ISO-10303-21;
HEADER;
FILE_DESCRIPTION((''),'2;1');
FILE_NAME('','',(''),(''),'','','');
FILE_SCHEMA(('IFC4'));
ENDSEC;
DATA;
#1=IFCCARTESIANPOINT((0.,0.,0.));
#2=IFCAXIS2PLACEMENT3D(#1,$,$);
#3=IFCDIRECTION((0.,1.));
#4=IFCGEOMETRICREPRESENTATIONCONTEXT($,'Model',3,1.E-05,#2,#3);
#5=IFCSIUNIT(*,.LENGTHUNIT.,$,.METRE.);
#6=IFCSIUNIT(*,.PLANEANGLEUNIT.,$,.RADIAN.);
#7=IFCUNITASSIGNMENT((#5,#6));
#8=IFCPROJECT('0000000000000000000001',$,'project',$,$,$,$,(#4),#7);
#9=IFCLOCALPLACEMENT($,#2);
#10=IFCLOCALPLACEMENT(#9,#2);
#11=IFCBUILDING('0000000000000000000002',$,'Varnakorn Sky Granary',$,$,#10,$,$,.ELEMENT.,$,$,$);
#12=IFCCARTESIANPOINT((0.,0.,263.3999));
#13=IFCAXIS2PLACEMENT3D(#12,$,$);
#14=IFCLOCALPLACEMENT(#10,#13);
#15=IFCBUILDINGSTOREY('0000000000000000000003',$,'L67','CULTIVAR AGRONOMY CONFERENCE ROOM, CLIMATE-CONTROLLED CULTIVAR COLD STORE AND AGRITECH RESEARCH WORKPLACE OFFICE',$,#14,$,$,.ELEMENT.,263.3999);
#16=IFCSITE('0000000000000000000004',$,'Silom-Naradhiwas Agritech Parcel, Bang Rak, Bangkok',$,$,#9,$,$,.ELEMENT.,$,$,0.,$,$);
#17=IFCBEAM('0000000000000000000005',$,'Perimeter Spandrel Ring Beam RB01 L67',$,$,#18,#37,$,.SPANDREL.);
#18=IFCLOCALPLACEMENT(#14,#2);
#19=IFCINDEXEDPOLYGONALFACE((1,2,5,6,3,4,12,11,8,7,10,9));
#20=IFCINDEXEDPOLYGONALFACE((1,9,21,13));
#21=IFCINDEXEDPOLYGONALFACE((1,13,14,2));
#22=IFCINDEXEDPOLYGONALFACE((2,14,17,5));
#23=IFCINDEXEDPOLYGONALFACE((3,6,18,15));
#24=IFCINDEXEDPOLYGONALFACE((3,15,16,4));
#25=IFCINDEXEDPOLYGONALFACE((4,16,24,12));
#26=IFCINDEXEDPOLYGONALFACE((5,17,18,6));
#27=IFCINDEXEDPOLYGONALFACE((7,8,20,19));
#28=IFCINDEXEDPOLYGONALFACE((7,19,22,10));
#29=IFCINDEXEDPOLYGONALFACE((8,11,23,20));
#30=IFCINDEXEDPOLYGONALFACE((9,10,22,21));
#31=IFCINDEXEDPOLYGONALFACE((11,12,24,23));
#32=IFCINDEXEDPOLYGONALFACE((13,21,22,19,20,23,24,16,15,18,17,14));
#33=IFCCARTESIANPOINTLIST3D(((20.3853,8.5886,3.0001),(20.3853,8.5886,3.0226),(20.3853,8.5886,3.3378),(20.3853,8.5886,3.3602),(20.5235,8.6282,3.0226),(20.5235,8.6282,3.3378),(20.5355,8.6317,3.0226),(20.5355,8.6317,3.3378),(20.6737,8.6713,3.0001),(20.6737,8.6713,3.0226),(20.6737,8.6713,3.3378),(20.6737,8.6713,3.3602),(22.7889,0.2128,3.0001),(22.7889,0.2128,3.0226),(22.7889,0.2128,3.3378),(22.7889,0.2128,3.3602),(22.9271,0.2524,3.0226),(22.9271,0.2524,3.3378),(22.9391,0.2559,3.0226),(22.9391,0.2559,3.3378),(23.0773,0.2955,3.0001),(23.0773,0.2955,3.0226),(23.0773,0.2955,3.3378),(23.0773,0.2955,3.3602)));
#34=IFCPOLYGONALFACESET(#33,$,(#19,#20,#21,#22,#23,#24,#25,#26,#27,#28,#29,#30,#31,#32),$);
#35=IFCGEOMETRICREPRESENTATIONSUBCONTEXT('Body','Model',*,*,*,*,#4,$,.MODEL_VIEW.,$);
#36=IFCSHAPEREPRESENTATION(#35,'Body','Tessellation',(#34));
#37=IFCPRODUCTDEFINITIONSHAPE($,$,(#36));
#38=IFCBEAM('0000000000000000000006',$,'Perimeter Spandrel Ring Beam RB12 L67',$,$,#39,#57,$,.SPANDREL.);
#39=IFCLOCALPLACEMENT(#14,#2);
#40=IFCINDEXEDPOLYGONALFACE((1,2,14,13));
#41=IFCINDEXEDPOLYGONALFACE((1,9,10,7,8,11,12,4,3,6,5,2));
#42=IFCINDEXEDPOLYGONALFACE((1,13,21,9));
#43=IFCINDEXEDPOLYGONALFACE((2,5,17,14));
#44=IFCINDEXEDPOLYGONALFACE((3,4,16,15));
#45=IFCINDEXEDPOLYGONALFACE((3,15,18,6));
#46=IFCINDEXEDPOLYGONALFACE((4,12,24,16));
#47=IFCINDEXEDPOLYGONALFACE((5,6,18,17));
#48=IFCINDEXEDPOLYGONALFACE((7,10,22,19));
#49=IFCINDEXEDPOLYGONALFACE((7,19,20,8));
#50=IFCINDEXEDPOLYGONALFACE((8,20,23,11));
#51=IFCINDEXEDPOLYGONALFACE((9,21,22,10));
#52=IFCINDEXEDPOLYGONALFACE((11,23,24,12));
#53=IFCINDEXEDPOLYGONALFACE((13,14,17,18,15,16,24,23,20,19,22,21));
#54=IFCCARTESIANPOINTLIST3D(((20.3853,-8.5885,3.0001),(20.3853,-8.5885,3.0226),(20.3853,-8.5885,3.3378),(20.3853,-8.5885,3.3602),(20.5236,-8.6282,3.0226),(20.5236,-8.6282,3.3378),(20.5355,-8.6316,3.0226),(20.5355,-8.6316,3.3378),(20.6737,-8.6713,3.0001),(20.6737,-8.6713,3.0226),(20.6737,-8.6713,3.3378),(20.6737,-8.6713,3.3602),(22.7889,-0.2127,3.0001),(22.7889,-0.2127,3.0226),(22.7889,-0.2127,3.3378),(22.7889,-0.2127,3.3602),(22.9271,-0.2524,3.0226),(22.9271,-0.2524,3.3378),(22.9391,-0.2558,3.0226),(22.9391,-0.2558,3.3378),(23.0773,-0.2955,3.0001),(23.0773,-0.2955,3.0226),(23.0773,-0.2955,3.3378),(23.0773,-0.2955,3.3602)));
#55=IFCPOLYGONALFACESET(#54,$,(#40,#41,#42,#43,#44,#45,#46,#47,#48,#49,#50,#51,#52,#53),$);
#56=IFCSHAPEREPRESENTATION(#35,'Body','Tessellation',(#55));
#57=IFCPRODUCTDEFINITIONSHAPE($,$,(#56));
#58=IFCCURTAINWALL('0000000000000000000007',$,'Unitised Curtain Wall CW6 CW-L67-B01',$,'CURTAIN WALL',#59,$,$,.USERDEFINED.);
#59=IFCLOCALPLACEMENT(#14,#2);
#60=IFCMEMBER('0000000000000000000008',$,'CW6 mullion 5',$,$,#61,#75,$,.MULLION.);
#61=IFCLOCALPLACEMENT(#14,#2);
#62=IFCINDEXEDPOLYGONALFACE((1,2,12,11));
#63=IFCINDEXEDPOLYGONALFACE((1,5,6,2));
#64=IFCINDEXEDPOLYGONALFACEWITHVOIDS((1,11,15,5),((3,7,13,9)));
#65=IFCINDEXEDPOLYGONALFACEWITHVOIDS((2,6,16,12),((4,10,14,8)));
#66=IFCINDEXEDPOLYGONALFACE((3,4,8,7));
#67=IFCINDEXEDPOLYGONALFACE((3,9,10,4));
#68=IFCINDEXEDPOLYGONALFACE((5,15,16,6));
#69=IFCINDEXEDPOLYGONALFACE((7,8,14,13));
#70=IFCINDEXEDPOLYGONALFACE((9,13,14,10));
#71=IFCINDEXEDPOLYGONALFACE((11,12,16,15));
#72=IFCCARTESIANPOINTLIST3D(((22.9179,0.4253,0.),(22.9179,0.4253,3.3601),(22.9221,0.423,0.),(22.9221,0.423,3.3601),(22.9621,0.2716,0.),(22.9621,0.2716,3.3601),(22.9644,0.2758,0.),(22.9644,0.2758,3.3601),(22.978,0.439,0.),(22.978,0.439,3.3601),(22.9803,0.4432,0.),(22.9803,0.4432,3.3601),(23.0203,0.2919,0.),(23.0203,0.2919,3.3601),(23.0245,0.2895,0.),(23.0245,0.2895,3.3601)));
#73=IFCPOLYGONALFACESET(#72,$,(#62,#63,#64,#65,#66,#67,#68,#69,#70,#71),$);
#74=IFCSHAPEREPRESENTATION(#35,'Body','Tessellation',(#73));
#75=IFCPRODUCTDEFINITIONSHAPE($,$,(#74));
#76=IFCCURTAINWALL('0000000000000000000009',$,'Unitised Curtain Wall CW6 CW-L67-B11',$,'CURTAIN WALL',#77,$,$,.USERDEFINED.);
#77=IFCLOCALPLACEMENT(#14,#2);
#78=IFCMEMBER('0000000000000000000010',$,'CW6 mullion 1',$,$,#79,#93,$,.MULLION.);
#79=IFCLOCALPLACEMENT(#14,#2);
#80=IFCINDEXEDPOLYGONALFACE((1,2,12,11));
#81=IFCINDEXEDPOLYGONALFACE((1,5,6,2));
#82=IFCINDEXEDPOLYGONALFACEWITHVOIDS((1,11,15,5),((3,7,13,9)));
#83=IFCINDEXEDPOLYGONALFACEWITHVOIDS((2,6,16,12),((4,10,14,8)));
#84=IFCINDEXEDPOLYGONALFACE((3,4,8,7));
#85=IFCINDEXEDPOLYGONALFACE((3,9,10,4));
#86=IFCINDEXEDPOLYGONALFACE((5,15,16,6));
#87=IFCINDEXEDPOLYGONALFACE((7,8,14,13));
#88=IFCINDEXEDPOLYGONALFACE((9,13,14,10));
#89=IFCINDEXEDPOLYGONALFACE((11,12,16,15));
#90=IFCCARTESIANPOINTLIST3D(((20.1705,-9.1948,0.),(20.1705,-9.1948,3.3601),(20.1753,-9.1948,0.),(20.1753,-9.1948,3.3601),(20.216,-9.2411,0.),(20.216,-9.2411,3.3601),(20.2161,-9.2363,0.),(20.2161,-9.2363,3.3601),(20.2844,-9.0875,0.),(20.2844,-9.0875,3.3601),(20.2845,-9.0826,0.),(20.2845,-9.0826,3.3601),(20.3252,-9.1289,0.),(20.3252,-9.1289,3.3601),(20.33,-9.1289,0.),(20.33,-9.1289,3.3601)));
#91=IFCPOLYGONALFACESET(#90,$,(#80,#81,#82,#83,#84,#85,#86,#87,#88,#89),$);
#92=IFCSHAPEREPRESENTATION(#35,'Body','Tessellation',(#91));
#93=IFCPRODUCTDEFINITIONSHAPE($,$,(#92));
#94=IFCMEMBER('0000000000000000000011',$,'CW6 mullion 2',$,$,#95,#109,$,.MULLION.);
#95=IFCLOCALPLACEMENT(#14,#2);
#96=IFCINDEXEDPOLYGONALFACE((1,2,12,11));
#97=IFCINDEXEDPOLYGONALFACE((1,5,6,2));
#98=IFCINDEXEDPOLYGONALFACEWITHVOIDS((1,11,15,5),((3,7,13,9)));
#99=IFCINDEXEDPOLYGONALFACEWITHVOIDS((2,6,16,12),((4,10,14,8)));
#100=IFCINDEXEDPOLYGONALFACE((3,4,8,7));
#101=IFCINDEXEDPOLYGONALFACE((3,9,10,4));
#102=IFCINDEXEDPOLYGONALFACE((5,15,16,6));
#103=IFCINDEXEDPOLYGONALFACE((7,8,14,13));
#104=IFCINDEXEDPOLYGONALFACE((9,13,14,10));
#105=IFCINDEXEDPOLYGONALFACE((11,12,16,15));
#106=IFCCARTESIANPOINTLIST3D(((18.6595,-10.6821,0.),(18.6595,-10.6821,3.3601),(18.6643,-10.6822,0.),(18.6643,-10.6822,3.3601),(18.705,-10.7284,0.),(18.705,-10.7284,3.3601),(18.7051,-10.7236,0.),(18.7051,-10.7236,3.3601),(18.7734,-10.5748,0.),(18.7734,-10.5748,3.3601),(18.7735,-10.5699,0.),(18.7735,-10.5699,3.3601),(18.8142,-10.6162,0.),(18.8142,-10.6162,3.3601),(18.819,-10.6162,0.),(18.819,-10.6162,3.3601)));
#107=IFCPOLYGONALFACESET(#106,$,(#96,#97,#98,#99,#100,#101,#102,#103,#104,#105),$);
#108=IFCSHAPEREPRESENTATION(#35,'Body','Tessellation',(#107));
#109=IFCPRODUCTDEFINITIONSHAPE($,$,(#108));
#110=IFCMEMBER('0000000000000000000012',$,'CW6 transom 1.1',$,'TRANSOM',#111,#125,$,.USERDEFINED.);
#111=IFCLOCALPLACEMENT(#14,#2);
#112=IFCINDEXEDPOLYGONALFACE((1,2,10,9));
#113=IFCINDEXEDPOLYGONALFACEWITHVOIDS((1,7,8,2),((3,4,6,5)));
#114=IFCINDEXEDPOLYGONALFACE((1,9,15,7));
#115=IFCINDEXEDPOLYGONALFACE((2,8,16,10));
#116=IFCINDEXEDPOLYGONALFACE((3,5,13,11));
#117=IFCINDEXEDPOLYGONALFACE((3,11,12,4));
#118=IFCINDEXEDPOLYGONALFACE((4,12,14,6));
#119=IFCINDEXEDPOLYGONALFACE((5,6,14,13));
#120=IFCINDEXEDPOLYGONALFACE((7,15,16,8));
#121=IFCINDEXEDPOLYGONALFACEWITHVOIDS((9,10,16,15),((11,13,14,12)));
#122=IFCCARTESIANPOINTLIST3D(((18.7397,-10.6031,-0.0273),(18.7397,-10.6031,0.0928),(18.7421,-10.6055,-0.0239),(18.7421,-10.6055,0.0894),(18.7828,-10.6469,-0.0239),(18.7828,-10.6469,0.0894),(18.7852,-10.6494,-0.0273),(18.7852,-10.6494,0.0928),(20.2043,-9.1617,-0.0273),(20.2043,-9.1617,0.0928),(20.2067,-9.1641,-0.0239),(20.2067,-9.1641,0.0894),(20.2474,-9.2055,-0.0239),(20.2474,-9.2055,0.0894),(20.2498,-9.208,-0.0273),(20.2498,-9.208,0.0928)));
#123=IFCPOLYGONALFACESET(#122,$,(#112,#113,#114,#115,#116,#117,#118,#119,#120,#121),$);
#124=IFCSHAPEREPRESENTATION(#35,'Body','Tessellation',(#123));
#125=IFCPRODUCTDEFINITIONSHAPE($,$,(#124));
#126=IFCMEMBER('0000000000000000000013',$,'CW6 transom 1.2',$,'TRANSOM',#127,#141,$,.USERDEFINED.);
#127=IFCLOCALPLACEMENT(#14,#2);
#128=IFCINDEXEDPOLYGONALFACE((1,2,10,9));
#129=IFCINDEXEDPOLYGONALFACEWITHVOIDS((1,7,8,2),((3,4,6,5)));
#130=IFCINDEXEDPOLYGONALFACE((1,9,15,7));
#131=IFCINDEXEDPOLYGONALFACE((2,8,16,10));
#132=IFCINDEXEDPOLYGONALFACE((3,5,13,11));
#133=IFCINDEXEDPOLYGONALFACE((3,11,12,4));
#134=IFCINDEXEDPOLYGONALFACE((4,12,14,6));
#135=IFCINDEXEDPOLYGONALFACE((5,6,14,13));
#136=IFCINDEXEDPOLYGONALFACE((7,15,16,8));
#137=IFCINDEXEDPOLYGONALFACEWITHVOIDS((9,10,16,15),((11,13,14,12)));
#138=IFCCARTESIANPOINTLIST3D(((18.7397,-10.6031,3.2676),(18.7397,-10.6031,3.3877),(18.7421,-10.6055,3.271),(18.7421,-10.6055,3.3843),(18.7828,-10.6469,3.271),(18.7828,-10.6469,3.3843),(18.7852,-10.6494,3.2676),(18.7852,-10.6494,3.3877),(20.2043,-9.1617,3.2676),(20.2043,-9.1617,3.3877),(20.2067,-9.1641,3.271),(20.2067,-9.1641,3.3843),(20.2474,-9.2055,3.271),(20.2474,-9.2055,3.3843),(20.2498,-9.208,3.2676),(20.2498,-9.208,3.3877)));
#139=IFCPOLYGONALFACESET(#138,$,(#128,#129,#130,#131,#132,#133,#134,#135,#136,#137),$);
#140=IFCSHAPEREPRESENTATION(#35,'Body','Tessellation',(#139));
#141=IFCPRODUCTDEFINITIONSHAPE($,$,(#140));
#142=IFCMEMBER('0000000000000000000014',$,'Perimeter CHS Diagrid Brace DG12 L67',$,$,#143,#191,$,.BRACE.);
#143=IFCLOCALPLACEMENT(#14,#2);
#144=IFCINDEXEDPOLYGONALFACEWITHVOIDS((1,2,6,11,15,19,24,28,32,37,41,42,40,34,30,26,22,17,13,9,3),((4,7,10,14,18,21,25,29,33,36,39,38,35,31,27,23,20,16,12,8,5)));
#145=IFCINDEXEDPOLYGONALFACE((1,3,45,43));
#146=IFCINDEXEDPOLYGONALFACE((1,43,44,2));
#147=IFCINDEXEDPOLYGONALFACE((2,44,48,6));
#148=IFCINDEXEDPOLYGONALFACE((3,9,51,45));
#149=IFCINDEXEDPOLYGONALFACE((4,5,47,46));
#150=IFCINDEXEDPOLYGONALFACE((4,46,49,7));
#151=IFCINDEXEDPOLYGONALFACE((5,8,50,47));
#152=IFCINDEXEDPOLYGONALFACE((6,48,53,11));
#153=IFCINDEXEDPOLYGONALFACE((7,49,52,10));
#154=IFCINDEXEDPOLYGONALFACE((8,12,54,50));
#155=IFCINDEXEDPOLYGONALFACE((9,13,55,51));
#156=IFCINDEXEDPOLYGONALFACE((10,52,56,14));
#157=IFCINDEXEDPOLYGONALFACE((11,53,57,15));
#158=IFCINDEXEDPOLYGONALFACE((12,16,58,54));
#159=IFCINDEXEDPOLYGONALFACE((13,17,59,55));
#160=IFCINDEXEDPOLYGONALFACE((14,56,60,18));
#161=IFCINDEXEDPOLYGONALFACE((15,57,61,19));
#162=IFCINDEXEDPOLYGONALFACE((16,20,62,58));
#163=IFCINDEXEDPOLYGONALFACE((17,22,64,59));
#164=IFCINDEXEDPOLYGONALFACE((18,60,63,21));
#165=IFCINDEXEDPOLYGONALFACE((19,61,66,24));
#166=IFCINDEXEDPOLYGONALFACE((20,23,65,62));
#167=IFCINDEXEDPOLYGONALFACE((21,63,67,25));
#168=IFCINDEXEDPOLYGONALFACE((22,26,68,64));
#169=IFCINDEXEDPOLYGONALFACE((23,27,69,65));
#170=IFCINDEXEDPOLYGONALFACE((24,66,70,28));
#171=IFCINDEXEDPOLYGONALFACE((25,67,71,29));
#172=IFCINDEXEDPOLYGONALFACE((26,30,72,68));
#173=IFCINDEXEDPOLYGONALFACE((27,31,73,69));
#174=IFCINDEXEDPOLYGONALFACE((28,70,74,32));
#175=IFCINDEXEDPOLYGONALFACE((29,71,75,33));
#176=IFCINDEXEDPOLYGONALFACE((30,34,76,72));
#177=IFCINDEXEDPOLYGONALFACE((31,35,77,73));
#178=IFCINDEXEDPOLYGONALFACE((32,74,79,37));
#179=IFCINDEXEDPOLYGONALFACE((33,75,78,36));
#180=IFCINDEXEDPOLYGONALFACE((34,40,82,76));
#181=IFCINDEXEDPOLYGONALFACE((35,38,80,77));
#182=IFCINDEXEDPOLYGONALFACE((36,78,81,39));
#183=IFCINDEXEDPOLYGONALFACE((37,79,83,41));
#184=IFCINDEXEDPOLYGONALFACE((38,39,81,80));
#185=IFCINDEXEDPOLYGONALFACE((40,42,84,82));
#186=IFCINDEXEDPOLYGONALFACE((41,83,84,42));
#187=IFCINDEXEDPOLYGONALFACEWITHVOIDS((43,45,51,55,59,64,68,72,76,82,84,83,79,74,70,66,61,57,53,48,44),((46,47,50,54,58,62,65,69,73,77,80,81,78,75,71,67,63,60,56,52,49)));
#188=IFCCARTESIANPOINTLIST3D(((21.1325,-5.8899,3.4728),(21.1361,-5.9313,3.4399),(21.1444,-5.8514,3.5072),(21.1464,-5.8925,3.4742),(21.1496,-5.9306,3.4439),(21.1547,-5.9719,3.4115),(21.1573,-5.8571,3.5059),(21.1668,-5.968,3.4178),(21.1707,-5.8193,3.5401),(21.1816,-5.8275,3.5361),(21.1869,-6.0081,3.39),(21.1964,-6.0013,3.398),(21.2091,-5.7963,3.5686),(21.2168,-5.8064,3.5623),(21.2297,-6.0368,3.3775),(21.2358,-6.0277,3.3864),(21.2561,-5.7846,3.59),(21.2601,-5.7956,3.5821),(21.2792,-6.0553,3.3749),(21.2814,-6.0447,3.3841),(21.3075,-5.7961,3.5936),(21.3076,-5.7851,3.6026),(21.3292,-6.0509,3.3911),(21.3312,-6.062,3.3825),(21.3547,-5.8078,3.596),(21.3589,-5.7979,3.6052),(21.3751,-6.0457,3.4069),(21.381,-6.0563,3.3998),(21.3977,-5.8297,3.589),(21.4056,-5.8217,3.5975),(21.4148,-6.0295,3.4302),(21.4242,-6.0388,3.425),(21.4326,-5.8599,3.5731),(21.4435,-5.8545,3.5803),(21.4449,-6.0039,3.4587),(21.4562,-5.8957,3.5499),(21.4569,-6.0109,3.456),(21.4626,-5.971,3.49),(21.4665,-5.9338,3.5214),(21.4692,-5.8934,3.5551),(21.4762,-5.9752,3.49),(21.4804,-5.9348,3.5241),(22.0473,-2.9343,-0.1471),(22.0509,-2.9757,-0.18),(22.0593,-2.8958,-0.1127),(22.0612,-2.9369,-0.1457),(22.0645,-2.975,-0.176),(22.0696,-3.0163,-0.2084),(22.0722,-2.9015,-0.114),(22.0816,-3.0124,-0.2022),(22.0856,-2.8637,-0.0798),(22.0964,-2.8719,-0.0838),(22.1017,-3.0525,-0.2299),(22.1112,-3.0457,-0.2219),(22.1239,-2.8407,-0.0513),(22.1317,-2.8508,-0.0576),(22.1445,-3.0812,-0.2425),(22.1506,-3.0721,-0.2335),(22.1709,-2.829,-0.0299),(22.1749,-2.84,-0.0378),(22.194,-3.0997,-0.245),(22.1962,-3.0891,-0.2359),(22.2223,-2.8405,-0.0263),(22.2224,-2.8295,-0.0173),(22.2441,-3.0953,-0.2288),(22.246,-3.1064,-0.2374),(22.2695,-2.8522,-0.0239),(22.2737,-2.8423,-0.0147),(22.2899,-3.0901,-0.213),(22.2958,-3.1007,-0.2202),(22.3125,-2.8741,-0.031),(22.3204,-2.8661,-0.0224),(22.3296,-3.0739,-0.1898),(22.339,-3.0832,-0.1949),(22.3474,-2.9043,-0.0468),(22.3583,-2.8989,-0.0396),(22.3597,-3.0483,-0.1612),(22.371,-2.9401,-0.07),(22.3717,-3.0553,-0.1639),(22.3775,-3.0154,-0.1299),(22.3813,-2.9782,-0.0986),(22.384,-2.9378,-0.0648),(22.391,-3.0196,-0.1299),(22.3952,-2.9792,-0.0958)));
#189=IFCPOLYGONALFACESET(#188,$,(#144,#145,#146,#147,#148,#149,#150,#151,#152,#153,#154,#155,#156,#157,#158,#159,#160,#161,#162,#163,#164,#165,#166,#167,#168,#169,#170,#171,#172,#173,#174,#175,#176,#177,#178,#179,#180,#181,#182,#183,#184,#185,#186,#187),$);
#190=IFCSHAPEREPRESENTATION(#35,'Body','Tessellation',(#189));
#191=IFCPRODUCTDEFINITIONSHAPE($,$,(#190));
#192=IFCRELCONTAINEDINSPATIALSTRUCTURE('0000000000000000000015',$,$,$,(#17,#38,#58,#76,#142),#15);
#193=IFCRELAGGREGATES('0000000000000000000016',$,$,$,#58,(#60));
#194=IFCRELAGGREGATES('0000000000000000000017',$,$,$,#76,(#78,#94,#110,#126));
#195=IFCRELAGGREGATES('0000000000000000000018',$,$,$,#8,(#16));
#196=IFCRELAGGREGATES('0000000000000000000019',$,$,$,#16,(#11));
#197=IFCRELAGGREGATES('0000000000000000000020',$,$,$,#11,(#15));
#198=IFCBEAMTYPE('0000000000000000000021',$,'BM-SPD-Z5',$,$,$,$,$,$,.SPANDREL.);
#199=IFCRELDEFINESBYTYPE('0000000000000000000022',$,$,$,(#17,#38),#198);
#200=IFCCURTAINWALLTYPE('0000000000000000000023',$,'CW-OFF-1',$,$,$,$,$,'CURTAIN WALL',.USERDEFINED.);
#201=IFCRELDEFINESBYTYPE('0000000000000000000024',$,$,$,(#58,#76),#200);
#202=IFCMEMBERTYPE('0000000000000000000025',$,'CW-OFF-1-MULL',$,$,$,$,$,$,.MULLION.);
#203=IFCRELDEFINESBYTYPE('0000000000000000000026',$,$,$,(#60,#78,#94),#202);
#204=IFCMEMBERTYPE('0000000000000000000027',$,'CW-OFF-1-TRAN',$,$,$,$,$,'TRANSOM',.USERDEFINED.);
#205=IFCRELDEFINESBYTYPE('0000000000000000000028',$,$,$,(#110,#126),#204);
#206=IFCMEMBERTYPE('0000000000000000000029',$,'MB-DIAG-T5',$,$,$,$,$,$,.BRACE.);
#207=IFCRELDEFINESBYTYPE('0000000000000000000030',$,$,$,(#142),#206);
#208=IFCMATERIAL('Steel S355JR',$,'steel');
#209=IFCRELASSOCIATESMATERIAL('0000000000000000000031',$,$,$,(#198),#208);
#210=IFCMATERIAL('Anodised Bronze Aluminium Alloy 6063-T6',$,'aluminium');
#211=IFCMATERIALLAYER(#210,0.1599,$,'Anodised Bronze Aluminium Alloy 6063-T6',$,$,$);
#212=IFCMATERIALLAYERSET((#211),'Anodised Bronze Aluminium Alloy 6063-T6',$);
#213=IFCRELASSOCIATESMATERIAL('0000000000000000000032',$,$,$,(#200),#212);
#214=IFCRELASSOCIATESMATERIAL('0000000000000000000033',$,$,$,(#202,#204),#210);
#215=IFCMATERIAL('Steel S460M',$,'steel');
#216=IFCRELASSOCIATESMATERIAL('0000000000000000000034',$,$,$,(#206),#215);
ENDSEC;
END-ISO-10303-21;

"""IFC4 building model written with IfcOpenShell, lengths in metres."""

from ifc_helpers import new_model, si_unit, direction, frame, origin, origin_2d, place, context, subcontext, project, spatial, hollow_rectangle, hollow_circle, i_section, extrude, material, layer, layer_set, material_profile, profile_set, type_object, element, aggregate, save


model = new_model("IFC4")

# Units and contexts
model_context = context("Model", 3, precision=1e-05, world=origin(), true_north=direction((0.0, 1.0)))
body_context = subcontext(model_context, "Body", "Model", "MODEL_VIEW")
ifc_project = project(units=[si_unit("LENGTHUNIT", "METRE"), si_unit("PLANEANGLEUNIT", "RADIAN")], contexts=[model_context])

# Site, building, storey
site_placement = place(None, origin())
site = spatial("IfcSite", under=ifc_project, at=site_placement, Name="Silom-Naradhiwas Agritech Parcel, Bang Rak, Bangkok", CompositionType="ELEMENT", RefElevation=0.0)
building_placement = place(site_placement, origin())
building = spatial("IfcBuilding", under=site, at=building_placement, Name="Varnakorn Sky Granary", CompositionType="ELEMENT")
storey_placement = place(building_placement, frame((0.0, 0.0, 263.3999)))
storey = spatial("IfcBuildingStorey", under=building, at=storey_placement, Name="L67", Description="CULTIVAR AGRONOMY CONFERENCE ROOM, CLIMATE-CONTROLLED CULTIVAR COLD STORE AND AGRITECH RESEARCH WORKPLACE OFFICE", CompositionType="ELEMENT", Elevation=263.3999)

# Shared definitions
ifc_material_1 = material(Name="Steel S460M", Category="steel")

# Beams
ifc_material_2 = material(Name="Steel S355JR", Category="steel")
ifc_material_profile_1 = material_profile(ifc_material_2, i_section(OverallWidth=0.3, OverallDepth=0.3601, WebThickness=0.0125, FlangeThickness=0.0225, at=origin_2d()), Name="HE 360 B")
ifc_profile_set_1 = profile_set([ifc_material_profile_1], Name="Steel S355JR")
beam_type_1 = type_object("IfcBeamType", Name="BM-SPD-Z5", PredefinedType="SPANDREL", material=ifc_profile_set_1)
for number, where, z_axis, x_axis, name in (
    (1, (22.9331, 0.2542, 3.1802), (-0.275835, 0.961205, 0.0), (-0.961205, -0.275835, 0.0), "Perimeter Spandrel Ring Beam RB01 L67"),
    (2, (20.5295, -8.6299, 3.1802), (0.275835, 0.961205, 0.0), (-0.961205, 0.275835, 0.0), "Perimeter Spandrel Ring Beam RB12 L67"),
):
    element("IfcBeam", number, at=place(storey_placement, frame(where, z_axis=z_axis, x_axis=x_axis)), inside=storey, type_object=beam_type_1, Name=name, PredefinedType="SPANDREL", context=body_context, shape_type="SweptSolid", body=[
        extrude(i_section(OverallWidth=0.3, OverallDepth=0.3601, WebThickness=0.0125, FlangeThickness=0.0225, at=origin_2d()), origin(), (0.0, 0.0, 1.0), 8.7139),
    ])

# Curtain wall, member
ifc_material_3 = material(Name="Anodised Bronze Aluminium Alloy 6063-T6", Category="aluminium")
ifc_layer_1 = layer(ifc_material_3, 0.1599, Name="Anodised Bronze Aluminium Alloy 6063-T6")
ifc_layer_set_1 = layer_set([ifc_layer_1], Name="Anodised Bronze Aluminium Alloy 6063-T6")
curtain_wall_type = type_object("IfcCurtainWallType", Name="CW-OFF-1", ElementType="CURTAIN WALL", PredefinedType="USERDEFINED", material=ifc_layer_set_1)
curtain_wall_1_placement = place(storey_placement, origin())
curtain_wall_1 = element("IfcCurtainWall", 3, at=curtain_wall_1_placement, inside=storey, type_object=curtain_wall_type, Name="Unitised Curtain Wall CW6 CW-L67-B01", ObjectType="CURTAIN WALL", PredefinedType="USERDEFINED")
ifc_material_profile_2 = material_profile(ifc_material_3, hollow_rectangle(XDim=0.0649, YDim=0.1599, WallThickness=0.0034, at=origin_2d()), Name="ALU MULL 65x160")
ifc_profile_set_2 = profile_set([ifc_material_profile_2], Name="Anodised Bronze Aluminium Alloy 6063-T6")
member_type_1 = type_object("IfcMemberType", Name="CW-OFF-1-MULL", PredefinedType="MULLION", material=ifc_profile_set_2)
member_1_placement = place(storey_placement, frame((22.9712, 0.3574, 0.0), z_axis=(0.0, 0.0, 1.0), x_axis=(0.961085, 0.276252, 0.0)))
member_1 = element("IfcMember", 4, at=member_1_placement, type_object=member_type_1, Name="CW6 mullion 5", PredefinedType="MULLION", context=body_context, shape_type="SweptSolid", body=[
    extrude(hollow_rectangle(XDim=0.0649, YDim=0.1599, WallThickness=0.0034, at=origin_2d()), origin(), (0.0, 0.0, 1.0), 3.3601),
])

# Curtain wall, members
curtain_wall_2_placement = place(storey_placement, origin())
curtain_wall_2 = element("IfcCurtainWall", 5, at=curtain_wall_2_placement, inside=storey, type_object=curtain_wall_type, Name="Unitised Curtain Wall CW6 CW-L67-B11", ObjectType="CURTAIN WALL", PredefinedType="USERDEFINED")
member_2_placement = place(storey_placement, frame((20.2502, -9.1619, 0.0), z_axis=(0.0, 0.0, 1.0), x_axis=(0.70144, -0.712728, 0.0)))
member_2 = element("IfcMember", 6, at=member_2_placement, type_object=member_type_1, Name="CW6 mullion 1", PredefinedType="MULLION", context=body_context, shape_type="SweptSolid", body=[
    extrude(hollow_rectangle(XDim=0.0649, YDim=0.1599, WallThickness=0.0034, at=origin_2d()), origin(), (0.0, 0.0, 1.0), 3.3601),
])
member_3_placement = place(storey_placement, frame((18.7393, -10.6492, 0.0), z_axis=(0.0, 0.0, 1.0), x_axis=(0.70144, -0.712728, 0.0)))
member_3 = element("IfcMember", 7, at=member_3_placement, type_object=member_type_1, Name="CW6 mullion 2", PredefinedType="MULLION", context=body_context, shape_type="SweptSolid", body=[
    extrude(hollow_rectangle(XDim=0.0649, YDim=0.1599, WallThickness=0.0034, at=origin_2d()), origin(), (0.0, 0.0, 1.0), 3.3601),
])
ifc_material_profile_3 = material_profile(ifc_material_3, hollow_rectangle(XDim=0.0649, YDim=0.1201, WallThickness=0.0034, at=origin_2d()), Name="ALU TRAN 65x120")
ifc_profile_set_3 = profile_set([ifc_material_profile_3], Name="Anodised Bronze Aluminium Alloy 6063-T6")
member_type_2 = type_object("IfcMemberType", Name="CW-OFF-1-TRAN", ElementType="TRANSOM", PredefinedType="USERDEFINED", material=ifc_profile_set_3)
member_4_placement = place(storey_placement, frame((20.2271, -9.1848, 0.0327), z_axis=(-0.712728, -0.701441, 0.0), x_axis=(0.701441, -0.712728, 0.0)))
member_4 = element("IfcMember", 8, at=member_4_placement, type_object=member_type_2, Name="CW6 transom 1.1", ObjectType="TRANSOM", PredefinedType="USERDEFINED", context=body_context, shape_type="SweptSolid", body=[
    extrude(hollow_rectangle(XDim=0.0649, YDim=0.1201, WallThickness=0.0034, at=origin_2d()), origin(), (0.0, 0.0, 1.0), 2.0549),
])
member_5_placement = place(storey_placement, frame((20.2271, -9.1848, 3.3276), z_axis=(-0.712728, -0.701441, 0.0), x_axis=(0.701441, -0.712728, 0.0)))
member_5 = element("IfcMember", 9, at=member_5_placement, type_object=member_type_2, Name="CW6 transom 1.2", ObjectType="TRANSOM", PredefinedType="USERDEFINED", context=body_context, shape_type="SweptSolid", body=[
    extrude(hollow_rectangle(XDim=0.0649, YDim=0.1201, WallThickness=0.0034, at=origin_2d()), origin(), (0.0, 0.0, 1.0), 2.0549),
])

# Member
ifc_material_profile_4 = material_profile(ifc_material_1, hollow_circle(Radius=0.1777, WallThickness=0.0142, at=origin_2d()), Name="CHS 355.6x14")
ifc_profile_set_4 = profile_set([ifc_material_profile_4], Name="Steel S460M")
member_type_3 = type_object("IfcMemberType", Name="MB-DIAG-T5", PredefinedType="BRACE", material=ifc_profile_set_4)
member_6_placement = place(storey_placement, frame((22.2212, -2.967, -0.1299), z_axis=(-0.192107, -0.620669, 0.760174), x_axis=(0.955288, -0.295677, 0.0)))
element("IfcMember", 10, at=member_6_placement, inside=storey, type_object=member_type_3, Name="Perimeter CHS Diagrid Brace DG12 L67", PredefinedType="BRACE", context=body_context, shape_type="SweptSolid", body=[
    extrude(hollow_circle(Radius=0.1777, WallThickness=0.0142, at=origin_2d()), origin(), (0.0, 0.0, 1.0), 4.762),
])

aggregate(curtain_wall_1, [member_1])
aggregate(curtain_wall_2, [member_2, member_3, member_4, member_5])

save(model, "model.ifc")
